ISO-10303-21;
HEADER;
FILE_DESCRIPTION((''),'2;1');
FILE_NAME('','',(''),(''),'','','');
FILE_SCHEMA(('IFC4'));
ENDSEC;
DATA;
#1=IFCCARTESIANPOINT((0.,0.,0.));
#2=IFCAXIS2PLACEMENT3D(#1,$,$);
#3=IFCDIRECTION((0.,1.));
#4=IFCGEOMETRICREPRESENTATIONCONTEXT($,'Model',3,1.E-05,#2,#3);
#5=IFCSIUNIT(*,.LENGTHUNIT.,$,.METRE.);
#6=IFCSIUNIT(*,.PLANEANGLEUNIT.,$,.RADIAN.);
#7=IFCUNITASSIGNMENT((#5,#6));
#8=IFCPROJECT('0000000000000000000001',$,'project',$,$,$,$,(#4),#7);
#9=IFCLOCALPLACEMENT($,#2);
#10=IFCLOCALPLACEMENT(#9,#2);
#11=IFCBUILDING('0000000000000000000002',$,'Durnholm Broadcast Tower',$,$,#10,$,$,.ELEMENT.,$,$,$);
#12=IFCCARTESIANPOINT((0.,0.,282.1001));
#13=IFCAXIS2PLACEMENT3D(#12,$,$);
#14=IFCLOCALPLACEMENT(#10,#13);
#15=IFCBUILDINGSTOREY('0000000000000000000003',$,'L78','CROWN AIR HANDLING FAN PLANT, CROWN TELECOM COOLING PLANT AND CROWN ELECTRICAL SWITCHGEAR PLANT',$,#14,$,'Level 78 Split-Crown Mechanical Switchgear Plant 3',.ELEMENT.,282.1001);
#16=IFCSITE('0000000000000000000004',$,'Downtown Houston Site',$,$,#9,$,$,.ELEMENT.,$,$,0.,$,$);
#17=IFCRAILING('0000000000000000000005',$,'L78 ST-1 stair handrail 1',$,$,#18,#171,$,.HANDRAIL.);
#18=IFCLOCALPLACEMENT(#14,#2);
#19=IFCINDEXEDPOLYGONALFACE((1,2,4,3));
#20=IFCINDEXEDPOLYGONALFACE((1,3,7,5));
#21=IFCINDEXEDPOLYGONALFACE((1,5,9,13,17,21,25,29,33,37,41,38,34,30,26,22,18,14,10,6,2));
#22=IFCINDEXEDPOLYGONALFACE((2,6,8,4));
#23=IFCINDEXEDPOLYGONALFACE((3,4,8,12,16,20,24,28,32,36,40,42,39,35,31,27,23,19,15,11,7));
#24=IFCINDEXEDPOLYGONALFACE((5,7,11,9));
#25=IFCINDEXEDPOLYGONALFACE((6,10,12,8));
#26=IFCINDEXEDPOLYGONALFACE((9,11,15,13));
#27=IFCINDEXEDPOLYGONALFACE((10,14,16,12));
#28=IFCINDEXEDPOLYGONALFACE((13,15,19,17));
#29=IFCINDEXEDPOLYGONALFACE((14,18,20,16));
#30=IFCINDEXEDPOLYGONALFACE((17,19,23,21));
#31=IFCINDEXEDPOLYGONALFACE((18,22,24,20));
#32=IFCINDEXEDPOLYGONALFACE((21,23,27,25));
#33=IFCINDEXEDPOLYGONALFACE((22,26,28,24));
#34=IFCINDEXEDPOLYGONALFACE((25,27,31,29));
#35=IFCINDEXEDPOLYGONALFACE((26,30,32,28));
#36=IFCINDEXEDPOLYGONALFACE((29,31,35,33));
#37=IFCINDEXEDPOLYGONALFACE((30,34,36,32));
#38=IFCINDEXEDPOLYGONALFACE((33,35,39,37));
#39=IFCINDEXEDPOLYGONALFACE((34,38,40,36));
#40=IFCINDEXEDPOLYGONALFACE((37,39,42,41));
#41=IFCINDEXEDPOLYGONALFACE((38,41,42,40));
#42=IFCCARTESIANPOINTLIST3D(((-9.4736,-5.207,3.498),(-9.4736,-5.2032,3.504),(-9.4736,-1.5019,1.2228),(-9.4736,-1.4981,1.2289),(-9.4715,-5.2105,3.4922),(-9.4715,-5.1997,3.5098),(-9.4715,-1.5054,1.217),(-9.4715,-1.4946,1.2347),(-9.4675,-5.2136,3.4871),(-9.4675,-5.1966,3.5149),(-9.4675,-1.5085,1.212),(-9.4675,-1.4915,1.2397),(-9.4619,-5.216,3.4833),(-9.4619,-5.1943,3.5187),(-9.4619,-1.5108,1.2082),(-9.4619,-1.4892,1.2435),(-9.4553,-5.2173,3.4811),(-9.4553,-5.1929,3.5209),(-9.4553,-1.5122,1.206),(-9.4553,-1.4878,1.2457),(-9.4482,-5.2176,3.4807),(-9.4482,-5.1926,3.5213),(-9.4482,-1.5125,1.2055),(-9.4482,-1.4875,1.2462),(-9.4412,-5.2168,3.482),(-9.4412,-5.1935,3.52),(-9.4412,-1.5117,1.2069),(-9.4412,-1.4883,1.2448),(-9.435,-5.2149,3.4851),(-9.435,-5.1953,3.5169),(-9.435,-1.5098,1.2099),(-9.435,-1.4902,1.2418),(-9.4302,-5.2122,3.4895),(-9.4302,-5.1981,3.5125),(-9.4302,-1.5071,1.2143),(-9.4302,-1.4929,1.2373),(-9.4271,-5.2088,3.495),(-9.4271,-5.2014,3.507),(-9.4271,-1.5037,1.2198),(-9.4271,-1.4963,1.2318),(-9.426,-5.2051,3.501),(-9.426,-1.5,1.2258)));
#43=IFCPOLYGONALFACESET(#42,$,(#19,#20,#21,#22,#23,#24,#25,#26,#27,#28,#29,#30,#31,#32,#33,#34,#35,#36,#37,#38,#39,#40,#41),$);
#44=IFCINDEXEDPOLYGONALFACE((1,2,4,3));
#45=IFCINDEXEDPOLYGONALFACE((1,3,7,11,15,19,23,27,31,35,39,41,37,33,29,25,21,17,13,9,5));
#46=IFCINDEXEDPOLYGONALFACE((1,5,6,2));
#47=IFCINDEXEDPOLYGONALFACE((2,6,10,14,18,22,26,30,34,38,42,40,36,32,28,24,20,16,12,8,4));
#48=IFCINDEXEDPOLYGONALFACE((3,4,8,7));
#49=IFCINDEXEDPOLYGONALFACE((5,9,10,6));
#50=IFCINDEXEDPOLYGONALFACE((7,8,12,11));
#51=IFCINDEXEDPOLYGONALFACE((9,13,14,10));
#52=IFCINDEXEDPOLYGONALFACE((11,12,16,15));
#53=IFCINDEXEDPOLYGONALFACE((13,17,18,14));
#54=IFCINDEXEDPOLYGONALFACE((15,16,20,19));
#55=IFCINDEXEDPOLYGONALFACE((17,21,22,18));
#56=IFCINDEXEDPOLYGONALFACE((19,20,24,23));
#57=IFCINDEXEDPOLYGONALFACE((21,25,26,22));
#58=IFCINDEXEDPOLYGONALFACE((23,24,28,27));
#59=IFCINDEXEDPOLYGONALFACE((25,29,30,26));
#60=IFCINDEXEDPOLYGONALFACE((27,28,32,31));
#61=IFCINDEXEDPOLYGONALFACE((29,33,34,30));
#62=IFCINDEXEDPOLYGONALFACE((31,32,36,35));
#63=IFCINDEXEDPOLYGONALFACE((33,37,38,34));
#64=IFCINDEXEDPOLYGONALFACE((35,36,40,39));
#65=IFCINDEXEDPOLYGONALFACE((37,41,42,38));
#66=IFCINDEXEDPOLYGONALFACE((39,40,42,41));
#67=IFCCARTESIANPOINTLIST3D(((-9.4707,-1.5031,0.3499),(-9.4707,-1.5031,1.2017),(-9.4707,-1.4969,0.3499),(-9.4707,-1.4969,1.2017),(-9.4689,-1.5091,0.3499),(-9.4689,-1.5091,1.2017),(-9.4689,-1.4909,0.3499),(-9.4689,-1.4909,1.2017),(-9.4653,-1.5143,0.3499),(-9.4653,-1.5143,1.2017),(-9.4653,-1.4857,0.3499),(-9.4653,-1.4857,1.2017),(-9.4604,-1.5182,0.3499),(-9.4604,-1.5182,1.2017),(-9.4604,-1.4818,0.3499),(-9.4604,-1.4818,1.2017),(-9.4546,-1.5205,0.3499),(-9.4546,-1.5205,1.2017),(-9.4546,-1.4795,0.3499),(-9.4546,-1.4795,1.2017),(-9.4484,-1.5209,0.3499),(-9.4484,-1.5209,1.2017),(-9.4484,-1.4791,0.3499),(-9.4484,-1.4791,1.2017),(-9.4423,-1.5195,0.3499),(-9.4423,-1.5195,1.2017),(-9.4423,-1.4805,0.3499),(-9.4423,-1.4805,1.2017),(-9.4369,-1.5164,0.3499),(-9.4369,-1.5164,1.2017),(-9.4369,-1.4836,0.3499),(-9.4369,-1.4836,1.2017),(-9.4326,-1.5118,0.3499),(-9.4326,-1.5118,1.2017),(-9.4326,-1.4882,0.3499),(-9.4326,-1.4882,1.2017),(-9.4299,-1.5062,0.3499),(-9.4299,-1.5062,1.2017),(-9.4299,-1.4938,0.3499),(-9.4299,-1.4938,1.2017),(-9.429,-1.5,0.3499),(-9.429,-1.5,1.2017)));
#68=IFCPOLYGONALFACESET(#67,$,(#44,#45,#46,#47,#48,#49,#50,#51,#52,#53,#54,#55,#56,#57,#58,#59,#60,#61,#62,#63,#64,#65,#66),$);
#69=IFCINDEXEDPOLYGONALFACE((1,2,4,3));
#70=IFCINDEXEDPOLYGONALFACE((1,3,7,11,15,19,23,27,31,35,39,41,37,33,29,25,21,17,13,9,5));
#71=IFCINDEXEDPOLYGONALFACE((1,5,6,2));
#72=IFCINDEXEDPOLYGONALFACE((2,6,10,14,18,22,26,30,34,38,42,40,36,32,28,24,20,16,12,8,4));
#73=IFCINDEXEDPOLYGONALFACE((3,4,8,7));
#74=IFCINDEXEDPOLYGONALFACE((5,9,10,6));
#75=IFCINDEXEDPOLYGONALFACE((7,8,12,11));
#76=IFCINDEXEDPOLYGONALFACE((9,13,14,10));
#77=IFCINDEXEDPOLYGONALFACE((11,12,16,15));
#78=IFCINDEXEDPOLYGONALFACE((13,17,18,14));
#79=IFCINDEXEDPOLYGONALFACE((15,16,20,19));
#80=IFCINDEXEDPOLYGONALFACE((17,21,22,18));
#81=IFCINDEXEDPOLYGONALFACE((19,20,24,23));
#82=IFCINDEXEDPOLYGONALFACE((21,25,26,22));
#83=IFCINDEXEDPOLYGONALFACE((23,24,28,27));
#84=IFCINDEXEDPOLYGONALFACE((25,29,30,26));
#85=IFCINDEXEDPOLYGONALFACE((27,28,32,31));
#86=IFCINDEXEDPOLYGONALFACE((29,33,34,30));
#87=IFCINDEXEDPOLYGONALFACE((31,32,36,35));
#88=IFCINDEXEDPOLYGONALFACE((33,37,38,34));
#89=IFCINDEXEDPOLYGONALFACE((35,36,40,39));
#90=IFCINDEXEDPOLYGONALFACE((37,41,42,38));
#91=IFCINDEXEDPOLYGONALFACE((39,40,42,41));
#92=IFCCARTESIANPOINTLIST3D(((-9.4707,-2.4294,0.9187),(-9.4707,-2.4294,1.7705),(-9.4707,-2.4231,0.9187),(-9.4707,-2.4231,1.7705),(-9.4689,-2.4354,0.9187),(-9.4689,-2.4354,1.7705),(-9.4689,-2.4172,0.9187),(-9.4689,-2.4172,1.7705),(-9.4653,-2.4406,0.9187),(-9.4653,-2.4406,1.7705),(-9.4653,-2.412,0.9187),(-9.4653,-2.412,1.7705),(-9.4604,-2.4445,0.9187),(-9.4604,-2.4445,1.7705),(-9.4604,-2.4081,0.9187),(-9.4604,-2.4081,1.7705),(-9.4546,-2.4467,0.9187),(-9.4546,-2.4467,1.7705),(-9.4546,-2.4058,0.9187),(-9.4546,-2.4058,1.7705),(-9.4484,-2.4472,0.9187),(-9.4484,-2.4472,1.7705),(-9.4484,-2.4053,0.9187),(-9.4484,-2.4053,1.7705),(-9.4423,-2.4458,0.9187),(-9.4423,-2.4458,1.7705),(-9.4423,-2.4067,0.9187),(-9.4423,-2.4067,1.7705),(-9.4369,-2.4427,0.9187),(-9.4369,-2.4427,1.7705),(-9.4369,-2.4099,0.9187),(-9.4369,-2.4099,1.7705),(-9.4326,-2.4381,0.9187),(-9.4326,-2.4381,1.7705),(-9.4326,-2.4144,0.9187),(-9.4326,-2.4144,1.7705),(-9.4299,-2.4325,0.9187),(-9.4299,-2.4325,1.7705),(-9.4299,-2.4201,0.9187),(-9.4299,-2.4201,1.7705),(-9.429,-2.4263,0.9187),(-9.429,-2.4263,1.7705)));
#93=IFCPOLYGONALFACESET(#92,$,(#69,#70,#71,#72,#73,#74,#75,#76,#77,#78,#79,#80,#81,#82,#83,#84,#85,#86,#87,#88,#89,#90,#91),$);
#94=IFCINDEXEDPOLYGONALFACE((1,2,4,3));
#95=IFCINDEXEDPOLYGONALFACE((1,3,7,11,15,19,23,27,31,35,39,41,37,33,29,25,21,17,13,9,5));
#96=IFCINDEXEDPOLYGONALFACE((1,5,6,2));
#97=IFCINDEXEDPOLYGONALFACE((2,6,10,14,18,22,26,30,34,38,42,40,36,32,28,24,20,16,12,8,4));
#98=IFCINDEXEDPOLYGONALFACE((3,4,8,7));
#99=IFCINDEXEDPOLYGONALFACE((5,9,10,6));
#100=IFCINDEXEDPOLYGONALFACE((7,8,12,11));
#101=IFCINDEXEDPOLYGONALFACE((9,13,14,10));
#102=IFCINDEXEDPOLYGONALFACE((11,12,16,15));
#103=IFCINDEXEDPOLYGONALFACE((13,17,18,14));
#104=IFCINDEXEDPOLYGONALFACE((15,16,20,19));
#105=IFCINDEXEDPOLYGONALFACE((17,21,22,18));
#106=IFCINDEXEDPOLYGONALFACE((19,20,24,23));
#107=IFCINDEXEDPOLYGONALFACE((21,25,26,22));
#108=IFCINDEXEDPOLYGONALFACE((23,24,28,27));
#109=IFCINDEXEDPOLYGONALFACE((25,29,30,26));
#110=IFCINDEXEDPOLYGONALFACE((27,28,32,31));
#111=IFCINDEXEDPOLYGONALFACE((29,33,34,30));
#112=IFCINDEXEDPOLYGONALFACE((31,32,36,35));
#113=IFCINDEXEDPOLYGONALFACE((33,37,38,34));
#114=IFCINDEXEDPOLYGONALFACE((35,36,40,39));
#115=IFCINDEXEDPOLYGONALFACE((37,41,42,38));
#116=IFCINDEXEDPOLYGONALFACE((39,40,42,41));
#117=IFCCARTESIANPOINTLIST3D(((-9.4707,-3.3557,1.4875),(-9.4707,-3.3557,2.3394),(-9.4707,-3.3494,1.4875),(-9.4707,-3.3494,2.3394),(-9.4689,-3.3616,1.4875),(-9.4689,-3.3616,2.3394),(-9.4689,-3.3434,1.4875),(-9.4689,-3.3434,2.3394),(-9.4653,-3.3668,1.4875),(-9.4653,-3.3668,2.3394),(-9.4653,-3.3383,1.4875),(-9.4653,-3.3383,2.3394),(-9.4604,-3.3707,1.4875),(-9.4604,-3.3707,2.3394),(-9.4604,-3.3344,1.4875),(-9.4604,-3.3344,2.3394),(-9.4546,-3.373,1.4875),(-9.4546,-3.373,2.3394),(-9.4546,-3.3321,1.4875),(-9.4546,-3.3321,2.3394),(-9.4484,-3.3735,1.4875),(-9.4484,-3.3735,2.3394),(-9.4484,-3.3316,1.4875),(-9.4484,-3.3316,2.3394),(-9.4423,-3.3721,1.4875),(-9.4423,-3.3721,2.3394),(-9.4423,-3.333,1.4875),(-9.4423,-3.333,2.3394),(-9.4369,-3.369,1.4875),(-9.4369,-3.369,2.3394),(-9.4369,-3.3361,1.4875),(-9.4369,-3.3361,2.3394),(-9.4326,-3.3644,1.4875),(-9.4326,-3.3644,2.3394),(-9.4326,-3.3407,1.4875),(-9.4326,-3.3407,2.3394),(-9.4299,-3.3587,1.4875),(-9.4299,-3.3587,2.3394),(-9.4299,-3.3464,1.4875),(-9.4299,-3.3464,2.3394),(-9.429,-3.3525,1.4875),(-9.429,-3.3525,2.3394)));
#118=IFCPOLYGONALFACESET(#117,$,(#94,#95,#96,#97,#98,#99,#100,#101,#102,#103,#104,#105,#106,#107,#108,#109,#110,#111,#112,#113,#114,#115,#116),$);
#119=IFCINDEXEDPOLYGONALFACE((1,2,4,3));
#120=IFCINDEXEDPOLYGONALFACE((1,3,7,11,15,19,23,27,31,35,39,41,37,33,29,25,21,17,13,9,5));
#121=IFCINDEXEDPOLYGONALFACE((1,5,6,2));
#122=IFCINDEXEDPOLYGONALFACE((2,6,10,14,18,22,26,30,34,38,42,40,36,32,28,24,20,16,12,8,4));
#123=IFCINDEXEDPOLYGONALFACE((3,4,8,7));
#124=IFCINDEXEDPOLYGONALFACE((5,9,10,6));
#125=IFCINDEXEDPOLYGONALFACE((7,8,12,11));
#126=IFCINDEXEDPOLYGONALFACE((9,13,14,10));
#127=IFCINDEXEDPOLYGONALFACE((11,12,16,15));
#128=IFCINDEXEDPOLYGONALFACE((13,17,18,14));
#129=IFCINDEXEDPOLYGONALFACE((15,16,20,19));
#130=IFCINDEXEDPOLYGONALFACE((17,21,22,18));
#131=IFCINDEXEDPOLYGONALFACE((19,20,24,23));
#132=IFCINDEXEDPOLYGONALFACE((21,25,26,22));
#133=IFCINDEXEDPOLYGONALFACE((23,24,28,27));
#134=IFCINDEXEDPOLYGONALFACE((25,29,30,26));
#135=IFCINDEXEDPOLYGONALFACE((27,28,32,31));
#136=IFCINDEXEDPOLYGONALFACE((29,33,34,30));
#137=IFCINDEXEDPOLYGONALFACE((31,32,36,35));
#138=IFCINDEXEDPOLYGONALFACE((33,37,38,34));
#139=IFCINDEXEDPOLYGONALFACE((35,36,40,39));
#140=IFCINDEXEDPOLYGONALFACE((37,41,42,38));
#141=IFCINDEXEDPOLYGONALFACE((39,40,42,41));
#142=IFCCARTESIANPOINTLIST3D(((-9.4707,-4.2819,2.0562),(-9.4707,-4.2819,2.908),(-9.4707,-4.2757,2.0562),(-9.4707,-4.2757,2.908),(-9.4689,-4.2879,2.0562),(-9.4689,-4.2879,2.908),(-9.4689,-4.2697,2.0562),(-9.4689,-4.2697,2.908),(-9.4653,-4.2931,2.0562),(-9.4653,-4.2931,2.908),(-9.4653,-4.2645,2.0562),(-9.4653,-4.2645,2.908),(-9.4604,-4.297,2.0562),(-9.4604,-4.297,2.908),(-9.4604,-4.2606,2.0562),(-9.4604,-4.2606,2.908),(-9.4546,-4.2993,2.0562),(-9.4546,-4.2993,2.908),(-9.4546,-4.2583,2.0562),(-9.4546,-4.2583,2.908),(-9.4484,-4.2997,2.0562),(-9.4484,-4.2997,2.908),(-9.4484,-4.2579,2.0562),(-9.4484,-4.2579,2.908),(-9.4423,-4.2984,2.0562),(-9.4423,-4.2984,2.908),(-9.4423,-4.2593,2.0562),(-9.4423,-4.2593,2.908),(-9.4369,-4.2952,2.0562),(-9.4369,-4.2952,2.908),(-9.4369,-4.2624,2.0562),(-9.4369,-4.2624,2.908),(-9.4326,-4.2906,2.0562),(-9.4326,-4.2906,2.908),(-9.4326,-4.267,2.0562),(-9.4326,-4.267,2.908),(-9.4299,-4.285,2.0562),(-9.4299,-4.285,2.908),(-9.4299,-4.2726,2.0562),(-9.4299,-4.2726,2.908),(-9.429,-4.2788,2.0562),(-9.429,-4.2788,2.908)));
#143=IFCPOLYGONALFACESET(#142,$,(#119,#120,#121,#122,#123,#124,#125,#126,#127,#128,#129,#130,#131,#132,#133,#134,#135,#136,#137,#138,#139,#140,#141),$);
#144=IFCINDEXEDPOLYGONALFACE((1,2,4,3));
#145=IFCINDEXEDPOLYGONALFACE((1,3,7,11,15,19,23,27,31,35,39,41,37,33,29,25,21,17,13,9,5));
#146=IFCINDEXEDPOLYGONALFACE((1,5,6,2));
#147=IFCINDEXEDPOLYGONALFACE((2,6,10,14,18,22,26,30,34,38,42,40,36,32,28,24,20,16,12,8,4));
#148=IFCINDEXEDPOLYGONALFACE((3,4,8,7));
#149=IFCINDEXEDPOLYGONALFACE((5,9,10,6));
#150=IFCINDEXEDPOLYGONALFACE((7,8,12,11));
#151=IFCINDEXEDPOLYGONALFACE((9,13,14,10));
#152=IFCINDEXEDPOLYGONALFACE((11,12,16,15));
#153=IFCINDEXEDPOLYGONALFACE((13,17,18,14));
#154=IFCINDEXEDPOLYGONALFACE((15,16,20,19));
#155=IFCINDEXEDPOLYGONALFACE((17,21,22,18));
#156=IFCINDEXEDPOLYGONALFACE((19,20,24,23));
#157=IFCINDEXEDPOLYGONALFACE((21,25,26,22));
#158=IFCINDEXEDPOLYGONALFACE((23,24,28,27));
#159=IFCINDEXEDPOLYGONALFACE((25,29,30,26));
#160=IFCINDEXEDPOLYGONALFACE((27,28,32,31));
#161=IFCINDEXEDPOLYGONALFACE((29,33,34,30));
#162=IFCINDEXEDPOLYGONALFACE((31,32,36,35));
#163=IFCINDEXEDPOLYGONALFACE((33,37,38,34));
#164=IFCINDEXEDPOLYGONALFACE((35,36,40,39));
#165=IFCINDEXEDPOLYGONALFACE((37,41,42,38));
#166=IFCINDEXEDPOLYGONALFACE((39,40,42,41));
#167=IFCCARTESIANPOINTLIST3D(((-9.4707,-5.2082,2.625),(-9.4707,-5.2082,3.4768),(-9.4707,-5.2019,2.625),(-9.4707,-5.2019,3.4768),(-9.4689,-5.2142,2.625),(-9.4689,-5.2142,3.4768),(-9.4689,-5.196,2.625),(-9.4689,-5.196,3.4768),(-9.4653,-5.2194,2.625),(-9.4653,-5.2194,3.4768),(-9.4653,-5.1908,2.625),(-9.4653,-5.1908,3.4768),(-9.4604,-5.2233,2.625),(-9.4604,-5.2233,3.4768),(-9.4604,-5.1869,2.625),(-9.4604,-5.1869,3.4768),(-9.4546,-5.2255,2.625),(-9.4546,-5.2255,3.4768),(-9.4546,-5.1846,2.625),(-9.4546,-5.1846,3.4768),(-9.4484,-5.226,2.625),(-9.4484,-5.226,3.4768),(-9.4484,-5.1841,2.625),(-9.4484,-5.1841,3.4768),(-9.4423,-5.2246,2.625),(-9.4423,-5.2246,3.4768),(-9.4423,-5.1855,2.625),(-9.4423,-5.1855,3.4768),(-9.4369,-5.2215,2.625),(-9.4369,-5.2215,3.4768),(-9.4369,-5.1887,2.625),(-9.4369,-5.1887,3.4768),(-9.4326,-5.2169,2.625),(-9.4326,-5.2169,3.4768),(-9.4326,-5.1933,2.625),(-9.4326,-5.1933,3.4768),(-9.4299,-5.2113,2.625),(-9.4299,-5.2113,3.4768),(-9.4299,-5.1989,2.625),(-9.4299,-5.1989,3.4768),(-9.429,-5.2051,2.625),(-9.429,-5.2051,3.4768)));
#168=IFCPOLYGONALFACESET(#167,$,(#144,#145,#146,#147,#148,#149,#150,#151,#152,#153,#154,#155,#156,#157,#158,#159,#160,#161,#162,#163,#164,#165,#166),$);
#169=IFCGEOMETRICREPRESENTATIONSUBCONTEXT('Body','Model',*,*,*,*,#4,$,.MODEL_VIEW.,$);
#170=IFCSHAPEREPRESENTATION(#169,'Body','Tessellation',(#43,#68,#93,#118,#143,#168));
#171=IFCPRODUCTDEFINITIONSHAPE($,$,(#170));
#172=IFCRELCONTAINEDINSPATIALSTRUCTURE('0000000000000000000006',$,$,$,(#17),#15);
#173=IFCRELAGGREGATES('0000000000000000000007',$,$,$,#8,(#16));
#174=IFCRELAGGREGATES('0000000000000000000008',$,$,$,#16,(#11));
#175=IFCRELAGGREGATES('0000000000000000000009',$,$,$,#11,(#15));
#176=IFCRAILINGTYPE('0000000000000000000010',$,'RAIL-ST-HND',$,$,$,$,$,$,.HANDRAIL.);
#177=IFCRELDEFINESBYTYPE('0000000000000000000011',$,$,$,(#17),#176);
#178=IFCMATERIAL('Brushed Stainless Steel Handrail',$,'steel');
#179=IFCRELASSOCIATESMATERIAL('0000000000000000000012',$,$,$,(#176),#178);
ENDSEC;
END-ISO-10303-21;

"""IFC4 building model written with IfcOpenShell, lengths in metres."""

from ifc_helpers import new_model, si_unit, direction, frame, origin, origin_2d, place, context, subcontext, project, spatial, circle, extrude, material, type_object, element, save


model = new_model("IFC4")

# Units and contexts
model_context = context("Model", 3, precision=1e-05, world=origin(), true_north=direction((0.0, 1.0)))
body_context = subcontext(model_context, "Body", "Model", "MODEL_VIEW")
ifc_project = project(units=[si_unit("LENGTHUNIT", "METRE"), si_unit("PLANEANGLEUNIT", "RADIAN")], contexts=[model_context])

# Site, building, storey
site_placement = place(None, origin())
site = spatial("IfcSite", under=ifc_project, at=site_placement, Name="Downtown Houston Site", CompositionType="ELEMENT", RefElevation=0.0)
building_placement = place(site_placement, origin())
building = spatial("IfcBuilding", under=site, at=building_placement, Name="Durnholm Broadcast Tower", CompositionType="ELEMENT")
storey_placement = place(building_placement, frame((0.0, 0.0, 282.1001)))
storey = spatial("IfcBuildingStorey", under=building, at=storey_placement, Name="L78", Description="CROWN AIR HANDLING FAN PLANT, CROWN TELECOM COOLING PLANT AND CROWN ELECTRICAL SWITCHGEAR PLANT", LongName="Level 78 Split-Crown Mechanical Switchgear Plant 3", CompositionType="ELEMENT", Elevation=282.1001)

# Railing
ifc_material_1 = material(Name="Brushed Stainless Steel Handrail", Category="steel")
railing_type = type_object("IfcRailingType", Name="RAIL-ST-HND", PredefinedType="HANDRAIL", material=ifc_material_1)
railing_placement = place(storey_placement, frame((-9.45, -1.5, 0.3499)))
element("IfcRailing", 1, at=railing_placement, inside=storey, type_object=railing_type, Name="L78 ST-1 stair handrail 1", PredefinedType="HANDRAIL", context=body_context, shape_type="SweptSolid", body=[
    extrude(circle(Radius=0.0239, at=origin_2d()), frame((0.0, 0.0, 0.876), z_axis=(0.0, -0.852161, 0.523279), x_axis=(1.0, 0.0, 0.0)), (0.0, 0.0, 1.0), 4.3479),
    extrude(circle(Radius=0.021, at=origin_2d()), origin(), (0.0, 0.0, 1.0), 0.8518),
    extrude(circle(Radius=0.021, at=origin_2d()), frame((0.0, -0.9263, 0.5688)), (0.0, 0.0, 1.0), 0.8518),
    extrude(circle(Radius=0.021, at=origin_2d()), frame((0.0, -1.8525, 1.1377)), (0.0, 0.0, 1.0), 0.8518),
    extrude(circle(Radius=0.021, at=origin_2d()), frame((0.0, -2.7788, 1.7063)), (0.0, 0.0, 1.0), 0.8518),
    extrude(circle(Radius=0.021, at=origin_2d()), frame((0.0, -3.7051, 2.2751)), (0.0, 0.0, 1.0), 0.8518),
])

save(model, "model.ifc")
